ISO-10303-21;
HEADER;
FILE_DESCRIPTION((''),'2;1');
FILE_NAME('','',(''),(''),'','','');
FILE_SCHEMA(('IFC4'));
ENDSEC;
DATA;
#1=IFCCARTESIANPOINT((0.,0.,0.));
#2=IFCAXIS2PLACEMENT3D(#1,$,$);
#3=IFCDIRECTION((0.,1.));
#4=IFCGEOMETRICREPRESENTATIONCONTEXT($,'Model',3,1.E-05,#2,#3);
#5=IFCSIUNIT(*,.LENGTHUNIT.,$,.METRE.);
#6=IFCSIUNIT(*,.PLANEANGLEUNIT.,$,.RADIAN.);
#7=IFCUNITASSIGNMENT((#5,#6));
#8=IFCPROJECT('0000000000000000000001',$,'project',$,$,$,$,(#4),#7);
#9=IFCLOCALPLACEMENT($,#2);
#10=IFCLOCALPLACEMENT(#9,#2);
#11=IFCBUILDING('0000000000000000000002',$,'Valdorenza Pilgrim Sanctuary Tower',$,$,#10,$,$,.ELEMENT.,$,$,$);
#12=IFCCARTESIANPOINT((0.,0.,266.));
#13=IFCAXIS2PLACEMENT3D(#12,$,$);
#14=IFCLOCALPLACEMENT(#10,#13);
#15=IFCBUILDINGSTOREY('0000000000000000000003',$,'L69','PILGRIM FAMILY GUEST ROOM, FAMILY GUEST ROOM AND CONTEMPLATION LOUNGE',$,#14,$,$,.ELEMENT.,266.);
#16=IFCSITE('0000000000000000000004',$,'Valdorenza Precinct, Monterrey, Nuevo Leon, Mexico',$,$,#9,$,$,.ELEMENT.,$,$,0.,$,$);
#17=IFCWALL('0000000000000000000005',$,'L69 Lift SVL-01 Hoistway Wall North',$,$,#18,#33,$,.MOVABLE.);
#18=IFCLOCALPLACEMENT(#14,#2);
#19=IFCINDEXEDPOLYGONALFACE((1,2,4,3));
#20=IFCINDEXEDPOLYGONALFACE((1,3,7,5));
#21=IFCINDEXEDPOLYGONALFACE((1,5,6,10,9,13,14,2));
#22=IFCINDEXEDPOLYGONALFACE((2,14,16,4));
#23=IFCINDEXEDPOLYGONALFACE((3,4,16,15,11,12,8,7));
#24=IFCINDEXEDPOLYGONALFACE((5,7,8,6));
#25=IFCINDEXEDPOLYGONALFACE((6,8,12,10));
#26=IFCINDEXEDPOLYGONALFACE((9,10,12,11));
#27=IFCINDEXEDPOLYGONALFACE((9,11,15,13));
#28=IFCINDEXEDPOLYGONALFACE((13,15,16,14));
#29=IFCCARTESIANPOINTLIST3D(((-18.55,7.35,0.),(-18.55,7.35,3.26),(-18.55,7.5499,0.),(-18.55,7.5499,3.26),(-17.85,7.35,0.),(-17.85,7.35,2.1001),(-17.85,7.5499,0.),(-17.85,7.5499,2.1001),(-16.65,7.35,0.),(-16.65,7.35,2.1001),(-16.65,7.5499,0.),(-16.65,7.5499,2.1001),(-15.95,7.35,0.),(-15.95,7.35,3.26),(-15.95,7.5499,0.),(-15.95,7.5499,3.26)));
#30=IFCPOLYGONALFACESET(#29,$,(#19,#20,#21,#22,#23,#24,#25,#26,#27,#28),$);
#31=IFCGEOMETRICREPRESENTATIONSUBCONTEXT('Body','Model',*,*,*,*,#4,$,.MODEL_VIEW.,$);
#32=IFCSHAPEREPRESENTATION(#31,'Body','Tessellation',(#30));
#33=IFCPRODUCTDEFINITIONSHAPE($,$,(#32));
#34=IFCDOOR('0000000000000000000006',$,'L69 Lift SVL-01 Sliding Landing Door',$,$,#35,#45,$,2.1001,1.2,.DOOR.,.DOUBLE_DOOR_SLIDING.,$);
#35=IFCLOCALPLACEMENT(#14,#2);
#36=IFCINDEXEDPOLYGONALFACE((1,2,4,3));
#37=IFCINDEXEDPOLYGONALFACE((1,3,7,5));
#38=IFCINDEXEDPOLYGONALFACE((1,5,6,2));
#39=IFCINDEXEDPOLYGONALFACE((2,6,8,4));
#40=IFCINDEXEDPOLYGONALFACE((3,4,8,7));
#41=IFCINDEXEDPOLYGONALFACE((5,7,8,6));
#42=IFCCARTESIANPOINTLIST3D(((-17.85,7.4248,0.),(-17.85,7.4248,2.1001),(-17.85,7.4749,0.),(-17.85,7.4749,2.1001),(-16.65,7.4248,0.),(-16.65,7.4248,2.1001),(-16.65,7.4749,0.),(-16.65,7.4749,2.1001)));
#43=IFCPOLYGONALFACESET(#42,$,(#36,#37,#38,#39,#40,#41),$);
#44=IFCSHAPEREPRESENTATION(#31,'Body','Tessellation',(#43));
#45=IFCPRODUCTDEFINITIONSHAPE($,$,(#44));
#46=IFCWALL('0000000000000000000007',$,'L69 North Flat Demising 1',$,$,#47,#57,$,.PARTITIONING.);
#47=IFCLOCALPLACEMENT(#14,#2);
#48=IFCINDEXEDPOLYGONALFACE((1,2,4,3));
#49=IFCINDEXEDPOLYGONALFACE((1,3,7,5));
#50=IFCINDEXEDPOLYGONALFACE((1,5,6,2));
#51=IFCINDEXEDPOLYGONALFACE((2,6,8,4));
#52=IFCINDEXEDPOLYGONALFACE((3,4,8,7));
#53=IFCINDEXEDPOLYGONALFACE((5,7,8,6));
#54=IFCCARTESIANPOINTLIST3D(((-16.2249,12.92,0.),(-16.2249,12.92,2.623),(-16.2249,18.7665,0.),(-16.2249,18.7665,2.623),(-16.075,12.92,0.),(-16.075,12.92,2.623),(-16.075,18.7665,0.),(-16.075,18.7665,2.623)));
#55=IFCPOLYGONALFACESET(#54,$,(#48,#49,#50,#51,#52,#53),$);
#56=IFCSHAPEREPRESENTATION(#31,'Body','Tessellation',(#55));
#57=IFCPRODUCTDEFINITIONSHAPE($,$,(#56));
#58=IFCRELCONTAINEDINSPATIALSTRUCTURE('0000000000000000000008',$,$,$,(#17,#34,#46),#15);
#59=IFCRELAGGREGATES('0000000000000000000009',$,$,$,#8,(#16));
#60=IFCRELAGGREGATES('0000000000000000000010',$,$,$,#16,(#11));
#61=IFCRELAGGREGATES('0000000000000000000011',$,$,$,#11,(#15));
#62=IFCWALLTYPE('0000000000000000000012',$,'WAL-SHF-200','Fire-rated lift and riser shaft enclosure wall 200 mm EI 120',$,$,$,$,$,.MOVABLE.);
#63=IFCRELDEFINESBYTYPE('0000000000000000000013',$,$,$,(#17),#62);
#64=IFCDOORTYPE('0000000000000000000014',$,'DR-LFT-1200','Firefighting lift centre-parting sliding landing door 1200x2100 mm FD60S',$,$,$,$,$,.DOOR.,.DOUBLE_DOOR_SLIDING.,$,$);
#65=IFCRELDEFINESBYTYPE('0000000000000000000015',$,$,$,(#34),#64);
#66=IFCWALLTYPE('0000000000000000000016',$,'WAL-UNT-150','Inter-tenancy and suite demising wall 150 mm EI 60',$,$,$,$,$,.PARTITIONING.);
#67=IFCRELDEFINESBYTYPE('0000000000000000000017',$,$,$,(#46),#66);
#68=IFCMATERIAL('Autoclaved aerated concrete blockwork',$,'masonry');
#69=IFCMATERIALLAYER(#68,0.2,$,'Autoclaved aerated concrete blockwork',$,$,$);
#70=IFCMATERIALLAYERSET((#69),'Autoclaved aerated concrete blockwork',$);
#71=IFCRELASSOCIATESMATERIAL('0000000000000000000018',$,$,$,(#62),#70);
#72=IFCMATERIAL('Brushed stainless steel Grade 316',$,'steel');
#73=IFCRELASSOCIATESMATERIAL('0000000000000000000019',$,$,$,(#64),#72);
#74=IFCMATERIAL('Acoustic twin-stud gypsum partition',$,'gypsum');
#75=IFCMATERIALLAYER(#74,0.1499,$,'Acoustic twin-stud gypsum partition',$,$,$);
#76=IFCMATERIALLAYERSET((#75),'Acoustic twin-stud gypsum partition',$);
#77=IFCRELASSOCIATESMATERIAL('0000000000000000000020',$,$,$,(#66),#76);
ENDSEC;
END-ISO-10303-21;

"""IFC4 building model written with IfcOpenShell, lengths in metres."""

from ifc_helpers import new_model, si_unit, direction, frame, frame_2d, origin, place, context, subcontext, project, spatial, rectangle, extrude, material, layer, layer_set, type_object, element, fill, save


model = new_model("IFC4")

# Units and contexts
model_context = context("Model", 3, precision=1e-05, world=origin(), true_north=direction((0.0, 1.0)))
body_context = subcontext(model_context, "Body", "Model", "MODEL_VIEW")
ifc_project = project(units=[si_unit("LENGTHUNIT", "METRE"), si_unit("PLANEANGLEUNIT", "RADIAN")], contexts=[model_context])

# Site, building, storey
site_placement = place(None, origin())
site = spatial("IfcSite", under=ifc_project, at=site_placement, Name="Valdorenza Precinct, Monterrey, Nuevo Leon, Mexico", CompositionType="ELEMENT", RefElevation=0.0)
building_placement = place(site_placement, origin())
building = spatial("IfcBuilding", under=site, at=building_placement, Name="Valdorenza Pilgrim Sanctuary Tower", CompositionType="ELEMENT")
storey_placement = place(building_placement, frame((0.0, 0.0, 266.0)))
storey = spatial("IfcBuildingStorey", under=building, at=storey_placement, Name="L69", Description="PILGRIM FAMILY GUEST ROOM, FAMILY GUEST ROOM AND CONTEMPLATION LOUNGE", CompositionType="ELEMENT", Elevation=266.0)

# Shared definitions
ifc_material_1 = material(Name="Acoustic twin-stud gypsum partition", Category="gypsum")

# Wall, opening, door
ifc_material_2 = material(Name="Autoclaved aerated concrete blockwork", Category="masonry")
ifc_layer_1 = layer(ifc_material_2, 0.2, Name="Autoclaved aerated concrete blockwork")
ifc_layer_set_1 = layer_set([ifc_layer_1], Name="Autoclaved aerated concrete blockwork")
wall_type_1 = type_object("IfcWallType", Name="WAL-SHF-200", Description="Fire-rated lift and riser shaft enclosure wall 200 mm EI 120", PredefinedType="MOVABLE", material=ifc_layer_set_1)
wall_1_placement = place(storey_placement, frame((-18.55, 7.45, 0.0), z_axis=(0.0, 0.0, 1.0), x_axis=(1.0, 0.0, 0.0)))
wall_1 = element("IfcWall", 1, at=wall_1_placement, inside=storey, type_object=wall_type_1, Name="L69 Lift SVL-01 Hoistway Wall North", PredefinedType="MOVABLE", context=body_context, shape_type="SweptSolid", body=[
    extrude(rectangle(XDim=2.6001, YDim=0.2, at=frame_2d((1.3, 0.0))), origin(), (0.0, 0.0, 1.0), 3.26),
])
opening_1_placement = place(wall_1_placement, frame((0.7, 0.0, 0.0)))
opening_1 = element("IfcOpeningElement", 2, at=opening_1_placement, cuts=wall_1, PredefinedType="OPENING", context=body_context, shape_type="SweptSolid", body=[
    extrude(rectangle(XDim=1.2, YDim=2.1001, at=frame_2d((0.6001, 1.05))), frame((0.0, 0.1147, 0.0), z_axis=(0.0, -1.0, 0.0), x_axis=(1.0, 0.0, 0.0)), (0.0, 0.0, 1.0), 0.2297),
])
ifc_material_3 = material(Name="Brushed stainless steel Grade 316", Category="steel")
door_type_1 = type_object("IfcDoorType", Name="DR-LFT-1200", Description="Firefighting lift centre-parting sliding landing door 1200x2100 mm FD60S", OperationType="DOUBLE_DOOR_SLIDING", PredefinedType="DOOR", material=ifc_material_3)
door_1_placement = place(opening_1_placement, origin())
door_1 = element("IfcDoor", 3, at=door_1_placement, inside=storey, type_object=door_type_1, Name="L69 Lift SVL-01 Sliding Landing Door", OperationType="DOUBLE_DOOR_SLIDING", OverallHeight=2.1001, OverallWidth=1.2, PredefinedType="DOOR", context=body_context, shape_type="SweptSolid", body=[
    extrude(rectangle(XDim=1.2, YDim=2.1001, at=frame_2d((0.6001, 1.05))), frame((0.0, 0.0249, 0.0), z_axis=(0.0, -1.0, 0.0), x_axis=(1.0, 0.0, 0.0)), (0.0, 0.0, 1.0), 0.05),
])
fill(opening_1, door_1)

# Wall
ifc_layer_2 = layer(ifc_material_1, 0.1499, Name="Acoustic twin-stud gypsum partition")
ifc_layer_set_2 = layer_set([ifc_layer_2], Name="Acoustic twin-stud gypsum partition")
wall_type_2 = type_object("IfcWallType", Name="WAL-UNT-150", Description="Inter-tenancy and suite demising wall 150 mm EI 60", PredefinedType="PARTITIONING", material=ifc_layer_set_2)
wall_2_placement = place(storey_placement, frame((-16.1499, 12.9199, 0.0), z_axis=(0.0, 0.0, 1.0), x_axis=(0.0, 1.0, 0.0)))
element("IfcWall", 4, at=wall_2_placement, inside=storey, type_object=wall_type_2, Name="L69 North Flat Demising 1", PredefinedType="PARTITIONING", context=body_context, shape_type="SweptSolid", body=[
    extrude(rectangle(XDim=5.8464, YDim=0.1499, at=frame_2d((2.9233, 0.0))), origin(), (0.0, 0.0, 1.0), 2.623),
])

save(model, "model.ifc")
